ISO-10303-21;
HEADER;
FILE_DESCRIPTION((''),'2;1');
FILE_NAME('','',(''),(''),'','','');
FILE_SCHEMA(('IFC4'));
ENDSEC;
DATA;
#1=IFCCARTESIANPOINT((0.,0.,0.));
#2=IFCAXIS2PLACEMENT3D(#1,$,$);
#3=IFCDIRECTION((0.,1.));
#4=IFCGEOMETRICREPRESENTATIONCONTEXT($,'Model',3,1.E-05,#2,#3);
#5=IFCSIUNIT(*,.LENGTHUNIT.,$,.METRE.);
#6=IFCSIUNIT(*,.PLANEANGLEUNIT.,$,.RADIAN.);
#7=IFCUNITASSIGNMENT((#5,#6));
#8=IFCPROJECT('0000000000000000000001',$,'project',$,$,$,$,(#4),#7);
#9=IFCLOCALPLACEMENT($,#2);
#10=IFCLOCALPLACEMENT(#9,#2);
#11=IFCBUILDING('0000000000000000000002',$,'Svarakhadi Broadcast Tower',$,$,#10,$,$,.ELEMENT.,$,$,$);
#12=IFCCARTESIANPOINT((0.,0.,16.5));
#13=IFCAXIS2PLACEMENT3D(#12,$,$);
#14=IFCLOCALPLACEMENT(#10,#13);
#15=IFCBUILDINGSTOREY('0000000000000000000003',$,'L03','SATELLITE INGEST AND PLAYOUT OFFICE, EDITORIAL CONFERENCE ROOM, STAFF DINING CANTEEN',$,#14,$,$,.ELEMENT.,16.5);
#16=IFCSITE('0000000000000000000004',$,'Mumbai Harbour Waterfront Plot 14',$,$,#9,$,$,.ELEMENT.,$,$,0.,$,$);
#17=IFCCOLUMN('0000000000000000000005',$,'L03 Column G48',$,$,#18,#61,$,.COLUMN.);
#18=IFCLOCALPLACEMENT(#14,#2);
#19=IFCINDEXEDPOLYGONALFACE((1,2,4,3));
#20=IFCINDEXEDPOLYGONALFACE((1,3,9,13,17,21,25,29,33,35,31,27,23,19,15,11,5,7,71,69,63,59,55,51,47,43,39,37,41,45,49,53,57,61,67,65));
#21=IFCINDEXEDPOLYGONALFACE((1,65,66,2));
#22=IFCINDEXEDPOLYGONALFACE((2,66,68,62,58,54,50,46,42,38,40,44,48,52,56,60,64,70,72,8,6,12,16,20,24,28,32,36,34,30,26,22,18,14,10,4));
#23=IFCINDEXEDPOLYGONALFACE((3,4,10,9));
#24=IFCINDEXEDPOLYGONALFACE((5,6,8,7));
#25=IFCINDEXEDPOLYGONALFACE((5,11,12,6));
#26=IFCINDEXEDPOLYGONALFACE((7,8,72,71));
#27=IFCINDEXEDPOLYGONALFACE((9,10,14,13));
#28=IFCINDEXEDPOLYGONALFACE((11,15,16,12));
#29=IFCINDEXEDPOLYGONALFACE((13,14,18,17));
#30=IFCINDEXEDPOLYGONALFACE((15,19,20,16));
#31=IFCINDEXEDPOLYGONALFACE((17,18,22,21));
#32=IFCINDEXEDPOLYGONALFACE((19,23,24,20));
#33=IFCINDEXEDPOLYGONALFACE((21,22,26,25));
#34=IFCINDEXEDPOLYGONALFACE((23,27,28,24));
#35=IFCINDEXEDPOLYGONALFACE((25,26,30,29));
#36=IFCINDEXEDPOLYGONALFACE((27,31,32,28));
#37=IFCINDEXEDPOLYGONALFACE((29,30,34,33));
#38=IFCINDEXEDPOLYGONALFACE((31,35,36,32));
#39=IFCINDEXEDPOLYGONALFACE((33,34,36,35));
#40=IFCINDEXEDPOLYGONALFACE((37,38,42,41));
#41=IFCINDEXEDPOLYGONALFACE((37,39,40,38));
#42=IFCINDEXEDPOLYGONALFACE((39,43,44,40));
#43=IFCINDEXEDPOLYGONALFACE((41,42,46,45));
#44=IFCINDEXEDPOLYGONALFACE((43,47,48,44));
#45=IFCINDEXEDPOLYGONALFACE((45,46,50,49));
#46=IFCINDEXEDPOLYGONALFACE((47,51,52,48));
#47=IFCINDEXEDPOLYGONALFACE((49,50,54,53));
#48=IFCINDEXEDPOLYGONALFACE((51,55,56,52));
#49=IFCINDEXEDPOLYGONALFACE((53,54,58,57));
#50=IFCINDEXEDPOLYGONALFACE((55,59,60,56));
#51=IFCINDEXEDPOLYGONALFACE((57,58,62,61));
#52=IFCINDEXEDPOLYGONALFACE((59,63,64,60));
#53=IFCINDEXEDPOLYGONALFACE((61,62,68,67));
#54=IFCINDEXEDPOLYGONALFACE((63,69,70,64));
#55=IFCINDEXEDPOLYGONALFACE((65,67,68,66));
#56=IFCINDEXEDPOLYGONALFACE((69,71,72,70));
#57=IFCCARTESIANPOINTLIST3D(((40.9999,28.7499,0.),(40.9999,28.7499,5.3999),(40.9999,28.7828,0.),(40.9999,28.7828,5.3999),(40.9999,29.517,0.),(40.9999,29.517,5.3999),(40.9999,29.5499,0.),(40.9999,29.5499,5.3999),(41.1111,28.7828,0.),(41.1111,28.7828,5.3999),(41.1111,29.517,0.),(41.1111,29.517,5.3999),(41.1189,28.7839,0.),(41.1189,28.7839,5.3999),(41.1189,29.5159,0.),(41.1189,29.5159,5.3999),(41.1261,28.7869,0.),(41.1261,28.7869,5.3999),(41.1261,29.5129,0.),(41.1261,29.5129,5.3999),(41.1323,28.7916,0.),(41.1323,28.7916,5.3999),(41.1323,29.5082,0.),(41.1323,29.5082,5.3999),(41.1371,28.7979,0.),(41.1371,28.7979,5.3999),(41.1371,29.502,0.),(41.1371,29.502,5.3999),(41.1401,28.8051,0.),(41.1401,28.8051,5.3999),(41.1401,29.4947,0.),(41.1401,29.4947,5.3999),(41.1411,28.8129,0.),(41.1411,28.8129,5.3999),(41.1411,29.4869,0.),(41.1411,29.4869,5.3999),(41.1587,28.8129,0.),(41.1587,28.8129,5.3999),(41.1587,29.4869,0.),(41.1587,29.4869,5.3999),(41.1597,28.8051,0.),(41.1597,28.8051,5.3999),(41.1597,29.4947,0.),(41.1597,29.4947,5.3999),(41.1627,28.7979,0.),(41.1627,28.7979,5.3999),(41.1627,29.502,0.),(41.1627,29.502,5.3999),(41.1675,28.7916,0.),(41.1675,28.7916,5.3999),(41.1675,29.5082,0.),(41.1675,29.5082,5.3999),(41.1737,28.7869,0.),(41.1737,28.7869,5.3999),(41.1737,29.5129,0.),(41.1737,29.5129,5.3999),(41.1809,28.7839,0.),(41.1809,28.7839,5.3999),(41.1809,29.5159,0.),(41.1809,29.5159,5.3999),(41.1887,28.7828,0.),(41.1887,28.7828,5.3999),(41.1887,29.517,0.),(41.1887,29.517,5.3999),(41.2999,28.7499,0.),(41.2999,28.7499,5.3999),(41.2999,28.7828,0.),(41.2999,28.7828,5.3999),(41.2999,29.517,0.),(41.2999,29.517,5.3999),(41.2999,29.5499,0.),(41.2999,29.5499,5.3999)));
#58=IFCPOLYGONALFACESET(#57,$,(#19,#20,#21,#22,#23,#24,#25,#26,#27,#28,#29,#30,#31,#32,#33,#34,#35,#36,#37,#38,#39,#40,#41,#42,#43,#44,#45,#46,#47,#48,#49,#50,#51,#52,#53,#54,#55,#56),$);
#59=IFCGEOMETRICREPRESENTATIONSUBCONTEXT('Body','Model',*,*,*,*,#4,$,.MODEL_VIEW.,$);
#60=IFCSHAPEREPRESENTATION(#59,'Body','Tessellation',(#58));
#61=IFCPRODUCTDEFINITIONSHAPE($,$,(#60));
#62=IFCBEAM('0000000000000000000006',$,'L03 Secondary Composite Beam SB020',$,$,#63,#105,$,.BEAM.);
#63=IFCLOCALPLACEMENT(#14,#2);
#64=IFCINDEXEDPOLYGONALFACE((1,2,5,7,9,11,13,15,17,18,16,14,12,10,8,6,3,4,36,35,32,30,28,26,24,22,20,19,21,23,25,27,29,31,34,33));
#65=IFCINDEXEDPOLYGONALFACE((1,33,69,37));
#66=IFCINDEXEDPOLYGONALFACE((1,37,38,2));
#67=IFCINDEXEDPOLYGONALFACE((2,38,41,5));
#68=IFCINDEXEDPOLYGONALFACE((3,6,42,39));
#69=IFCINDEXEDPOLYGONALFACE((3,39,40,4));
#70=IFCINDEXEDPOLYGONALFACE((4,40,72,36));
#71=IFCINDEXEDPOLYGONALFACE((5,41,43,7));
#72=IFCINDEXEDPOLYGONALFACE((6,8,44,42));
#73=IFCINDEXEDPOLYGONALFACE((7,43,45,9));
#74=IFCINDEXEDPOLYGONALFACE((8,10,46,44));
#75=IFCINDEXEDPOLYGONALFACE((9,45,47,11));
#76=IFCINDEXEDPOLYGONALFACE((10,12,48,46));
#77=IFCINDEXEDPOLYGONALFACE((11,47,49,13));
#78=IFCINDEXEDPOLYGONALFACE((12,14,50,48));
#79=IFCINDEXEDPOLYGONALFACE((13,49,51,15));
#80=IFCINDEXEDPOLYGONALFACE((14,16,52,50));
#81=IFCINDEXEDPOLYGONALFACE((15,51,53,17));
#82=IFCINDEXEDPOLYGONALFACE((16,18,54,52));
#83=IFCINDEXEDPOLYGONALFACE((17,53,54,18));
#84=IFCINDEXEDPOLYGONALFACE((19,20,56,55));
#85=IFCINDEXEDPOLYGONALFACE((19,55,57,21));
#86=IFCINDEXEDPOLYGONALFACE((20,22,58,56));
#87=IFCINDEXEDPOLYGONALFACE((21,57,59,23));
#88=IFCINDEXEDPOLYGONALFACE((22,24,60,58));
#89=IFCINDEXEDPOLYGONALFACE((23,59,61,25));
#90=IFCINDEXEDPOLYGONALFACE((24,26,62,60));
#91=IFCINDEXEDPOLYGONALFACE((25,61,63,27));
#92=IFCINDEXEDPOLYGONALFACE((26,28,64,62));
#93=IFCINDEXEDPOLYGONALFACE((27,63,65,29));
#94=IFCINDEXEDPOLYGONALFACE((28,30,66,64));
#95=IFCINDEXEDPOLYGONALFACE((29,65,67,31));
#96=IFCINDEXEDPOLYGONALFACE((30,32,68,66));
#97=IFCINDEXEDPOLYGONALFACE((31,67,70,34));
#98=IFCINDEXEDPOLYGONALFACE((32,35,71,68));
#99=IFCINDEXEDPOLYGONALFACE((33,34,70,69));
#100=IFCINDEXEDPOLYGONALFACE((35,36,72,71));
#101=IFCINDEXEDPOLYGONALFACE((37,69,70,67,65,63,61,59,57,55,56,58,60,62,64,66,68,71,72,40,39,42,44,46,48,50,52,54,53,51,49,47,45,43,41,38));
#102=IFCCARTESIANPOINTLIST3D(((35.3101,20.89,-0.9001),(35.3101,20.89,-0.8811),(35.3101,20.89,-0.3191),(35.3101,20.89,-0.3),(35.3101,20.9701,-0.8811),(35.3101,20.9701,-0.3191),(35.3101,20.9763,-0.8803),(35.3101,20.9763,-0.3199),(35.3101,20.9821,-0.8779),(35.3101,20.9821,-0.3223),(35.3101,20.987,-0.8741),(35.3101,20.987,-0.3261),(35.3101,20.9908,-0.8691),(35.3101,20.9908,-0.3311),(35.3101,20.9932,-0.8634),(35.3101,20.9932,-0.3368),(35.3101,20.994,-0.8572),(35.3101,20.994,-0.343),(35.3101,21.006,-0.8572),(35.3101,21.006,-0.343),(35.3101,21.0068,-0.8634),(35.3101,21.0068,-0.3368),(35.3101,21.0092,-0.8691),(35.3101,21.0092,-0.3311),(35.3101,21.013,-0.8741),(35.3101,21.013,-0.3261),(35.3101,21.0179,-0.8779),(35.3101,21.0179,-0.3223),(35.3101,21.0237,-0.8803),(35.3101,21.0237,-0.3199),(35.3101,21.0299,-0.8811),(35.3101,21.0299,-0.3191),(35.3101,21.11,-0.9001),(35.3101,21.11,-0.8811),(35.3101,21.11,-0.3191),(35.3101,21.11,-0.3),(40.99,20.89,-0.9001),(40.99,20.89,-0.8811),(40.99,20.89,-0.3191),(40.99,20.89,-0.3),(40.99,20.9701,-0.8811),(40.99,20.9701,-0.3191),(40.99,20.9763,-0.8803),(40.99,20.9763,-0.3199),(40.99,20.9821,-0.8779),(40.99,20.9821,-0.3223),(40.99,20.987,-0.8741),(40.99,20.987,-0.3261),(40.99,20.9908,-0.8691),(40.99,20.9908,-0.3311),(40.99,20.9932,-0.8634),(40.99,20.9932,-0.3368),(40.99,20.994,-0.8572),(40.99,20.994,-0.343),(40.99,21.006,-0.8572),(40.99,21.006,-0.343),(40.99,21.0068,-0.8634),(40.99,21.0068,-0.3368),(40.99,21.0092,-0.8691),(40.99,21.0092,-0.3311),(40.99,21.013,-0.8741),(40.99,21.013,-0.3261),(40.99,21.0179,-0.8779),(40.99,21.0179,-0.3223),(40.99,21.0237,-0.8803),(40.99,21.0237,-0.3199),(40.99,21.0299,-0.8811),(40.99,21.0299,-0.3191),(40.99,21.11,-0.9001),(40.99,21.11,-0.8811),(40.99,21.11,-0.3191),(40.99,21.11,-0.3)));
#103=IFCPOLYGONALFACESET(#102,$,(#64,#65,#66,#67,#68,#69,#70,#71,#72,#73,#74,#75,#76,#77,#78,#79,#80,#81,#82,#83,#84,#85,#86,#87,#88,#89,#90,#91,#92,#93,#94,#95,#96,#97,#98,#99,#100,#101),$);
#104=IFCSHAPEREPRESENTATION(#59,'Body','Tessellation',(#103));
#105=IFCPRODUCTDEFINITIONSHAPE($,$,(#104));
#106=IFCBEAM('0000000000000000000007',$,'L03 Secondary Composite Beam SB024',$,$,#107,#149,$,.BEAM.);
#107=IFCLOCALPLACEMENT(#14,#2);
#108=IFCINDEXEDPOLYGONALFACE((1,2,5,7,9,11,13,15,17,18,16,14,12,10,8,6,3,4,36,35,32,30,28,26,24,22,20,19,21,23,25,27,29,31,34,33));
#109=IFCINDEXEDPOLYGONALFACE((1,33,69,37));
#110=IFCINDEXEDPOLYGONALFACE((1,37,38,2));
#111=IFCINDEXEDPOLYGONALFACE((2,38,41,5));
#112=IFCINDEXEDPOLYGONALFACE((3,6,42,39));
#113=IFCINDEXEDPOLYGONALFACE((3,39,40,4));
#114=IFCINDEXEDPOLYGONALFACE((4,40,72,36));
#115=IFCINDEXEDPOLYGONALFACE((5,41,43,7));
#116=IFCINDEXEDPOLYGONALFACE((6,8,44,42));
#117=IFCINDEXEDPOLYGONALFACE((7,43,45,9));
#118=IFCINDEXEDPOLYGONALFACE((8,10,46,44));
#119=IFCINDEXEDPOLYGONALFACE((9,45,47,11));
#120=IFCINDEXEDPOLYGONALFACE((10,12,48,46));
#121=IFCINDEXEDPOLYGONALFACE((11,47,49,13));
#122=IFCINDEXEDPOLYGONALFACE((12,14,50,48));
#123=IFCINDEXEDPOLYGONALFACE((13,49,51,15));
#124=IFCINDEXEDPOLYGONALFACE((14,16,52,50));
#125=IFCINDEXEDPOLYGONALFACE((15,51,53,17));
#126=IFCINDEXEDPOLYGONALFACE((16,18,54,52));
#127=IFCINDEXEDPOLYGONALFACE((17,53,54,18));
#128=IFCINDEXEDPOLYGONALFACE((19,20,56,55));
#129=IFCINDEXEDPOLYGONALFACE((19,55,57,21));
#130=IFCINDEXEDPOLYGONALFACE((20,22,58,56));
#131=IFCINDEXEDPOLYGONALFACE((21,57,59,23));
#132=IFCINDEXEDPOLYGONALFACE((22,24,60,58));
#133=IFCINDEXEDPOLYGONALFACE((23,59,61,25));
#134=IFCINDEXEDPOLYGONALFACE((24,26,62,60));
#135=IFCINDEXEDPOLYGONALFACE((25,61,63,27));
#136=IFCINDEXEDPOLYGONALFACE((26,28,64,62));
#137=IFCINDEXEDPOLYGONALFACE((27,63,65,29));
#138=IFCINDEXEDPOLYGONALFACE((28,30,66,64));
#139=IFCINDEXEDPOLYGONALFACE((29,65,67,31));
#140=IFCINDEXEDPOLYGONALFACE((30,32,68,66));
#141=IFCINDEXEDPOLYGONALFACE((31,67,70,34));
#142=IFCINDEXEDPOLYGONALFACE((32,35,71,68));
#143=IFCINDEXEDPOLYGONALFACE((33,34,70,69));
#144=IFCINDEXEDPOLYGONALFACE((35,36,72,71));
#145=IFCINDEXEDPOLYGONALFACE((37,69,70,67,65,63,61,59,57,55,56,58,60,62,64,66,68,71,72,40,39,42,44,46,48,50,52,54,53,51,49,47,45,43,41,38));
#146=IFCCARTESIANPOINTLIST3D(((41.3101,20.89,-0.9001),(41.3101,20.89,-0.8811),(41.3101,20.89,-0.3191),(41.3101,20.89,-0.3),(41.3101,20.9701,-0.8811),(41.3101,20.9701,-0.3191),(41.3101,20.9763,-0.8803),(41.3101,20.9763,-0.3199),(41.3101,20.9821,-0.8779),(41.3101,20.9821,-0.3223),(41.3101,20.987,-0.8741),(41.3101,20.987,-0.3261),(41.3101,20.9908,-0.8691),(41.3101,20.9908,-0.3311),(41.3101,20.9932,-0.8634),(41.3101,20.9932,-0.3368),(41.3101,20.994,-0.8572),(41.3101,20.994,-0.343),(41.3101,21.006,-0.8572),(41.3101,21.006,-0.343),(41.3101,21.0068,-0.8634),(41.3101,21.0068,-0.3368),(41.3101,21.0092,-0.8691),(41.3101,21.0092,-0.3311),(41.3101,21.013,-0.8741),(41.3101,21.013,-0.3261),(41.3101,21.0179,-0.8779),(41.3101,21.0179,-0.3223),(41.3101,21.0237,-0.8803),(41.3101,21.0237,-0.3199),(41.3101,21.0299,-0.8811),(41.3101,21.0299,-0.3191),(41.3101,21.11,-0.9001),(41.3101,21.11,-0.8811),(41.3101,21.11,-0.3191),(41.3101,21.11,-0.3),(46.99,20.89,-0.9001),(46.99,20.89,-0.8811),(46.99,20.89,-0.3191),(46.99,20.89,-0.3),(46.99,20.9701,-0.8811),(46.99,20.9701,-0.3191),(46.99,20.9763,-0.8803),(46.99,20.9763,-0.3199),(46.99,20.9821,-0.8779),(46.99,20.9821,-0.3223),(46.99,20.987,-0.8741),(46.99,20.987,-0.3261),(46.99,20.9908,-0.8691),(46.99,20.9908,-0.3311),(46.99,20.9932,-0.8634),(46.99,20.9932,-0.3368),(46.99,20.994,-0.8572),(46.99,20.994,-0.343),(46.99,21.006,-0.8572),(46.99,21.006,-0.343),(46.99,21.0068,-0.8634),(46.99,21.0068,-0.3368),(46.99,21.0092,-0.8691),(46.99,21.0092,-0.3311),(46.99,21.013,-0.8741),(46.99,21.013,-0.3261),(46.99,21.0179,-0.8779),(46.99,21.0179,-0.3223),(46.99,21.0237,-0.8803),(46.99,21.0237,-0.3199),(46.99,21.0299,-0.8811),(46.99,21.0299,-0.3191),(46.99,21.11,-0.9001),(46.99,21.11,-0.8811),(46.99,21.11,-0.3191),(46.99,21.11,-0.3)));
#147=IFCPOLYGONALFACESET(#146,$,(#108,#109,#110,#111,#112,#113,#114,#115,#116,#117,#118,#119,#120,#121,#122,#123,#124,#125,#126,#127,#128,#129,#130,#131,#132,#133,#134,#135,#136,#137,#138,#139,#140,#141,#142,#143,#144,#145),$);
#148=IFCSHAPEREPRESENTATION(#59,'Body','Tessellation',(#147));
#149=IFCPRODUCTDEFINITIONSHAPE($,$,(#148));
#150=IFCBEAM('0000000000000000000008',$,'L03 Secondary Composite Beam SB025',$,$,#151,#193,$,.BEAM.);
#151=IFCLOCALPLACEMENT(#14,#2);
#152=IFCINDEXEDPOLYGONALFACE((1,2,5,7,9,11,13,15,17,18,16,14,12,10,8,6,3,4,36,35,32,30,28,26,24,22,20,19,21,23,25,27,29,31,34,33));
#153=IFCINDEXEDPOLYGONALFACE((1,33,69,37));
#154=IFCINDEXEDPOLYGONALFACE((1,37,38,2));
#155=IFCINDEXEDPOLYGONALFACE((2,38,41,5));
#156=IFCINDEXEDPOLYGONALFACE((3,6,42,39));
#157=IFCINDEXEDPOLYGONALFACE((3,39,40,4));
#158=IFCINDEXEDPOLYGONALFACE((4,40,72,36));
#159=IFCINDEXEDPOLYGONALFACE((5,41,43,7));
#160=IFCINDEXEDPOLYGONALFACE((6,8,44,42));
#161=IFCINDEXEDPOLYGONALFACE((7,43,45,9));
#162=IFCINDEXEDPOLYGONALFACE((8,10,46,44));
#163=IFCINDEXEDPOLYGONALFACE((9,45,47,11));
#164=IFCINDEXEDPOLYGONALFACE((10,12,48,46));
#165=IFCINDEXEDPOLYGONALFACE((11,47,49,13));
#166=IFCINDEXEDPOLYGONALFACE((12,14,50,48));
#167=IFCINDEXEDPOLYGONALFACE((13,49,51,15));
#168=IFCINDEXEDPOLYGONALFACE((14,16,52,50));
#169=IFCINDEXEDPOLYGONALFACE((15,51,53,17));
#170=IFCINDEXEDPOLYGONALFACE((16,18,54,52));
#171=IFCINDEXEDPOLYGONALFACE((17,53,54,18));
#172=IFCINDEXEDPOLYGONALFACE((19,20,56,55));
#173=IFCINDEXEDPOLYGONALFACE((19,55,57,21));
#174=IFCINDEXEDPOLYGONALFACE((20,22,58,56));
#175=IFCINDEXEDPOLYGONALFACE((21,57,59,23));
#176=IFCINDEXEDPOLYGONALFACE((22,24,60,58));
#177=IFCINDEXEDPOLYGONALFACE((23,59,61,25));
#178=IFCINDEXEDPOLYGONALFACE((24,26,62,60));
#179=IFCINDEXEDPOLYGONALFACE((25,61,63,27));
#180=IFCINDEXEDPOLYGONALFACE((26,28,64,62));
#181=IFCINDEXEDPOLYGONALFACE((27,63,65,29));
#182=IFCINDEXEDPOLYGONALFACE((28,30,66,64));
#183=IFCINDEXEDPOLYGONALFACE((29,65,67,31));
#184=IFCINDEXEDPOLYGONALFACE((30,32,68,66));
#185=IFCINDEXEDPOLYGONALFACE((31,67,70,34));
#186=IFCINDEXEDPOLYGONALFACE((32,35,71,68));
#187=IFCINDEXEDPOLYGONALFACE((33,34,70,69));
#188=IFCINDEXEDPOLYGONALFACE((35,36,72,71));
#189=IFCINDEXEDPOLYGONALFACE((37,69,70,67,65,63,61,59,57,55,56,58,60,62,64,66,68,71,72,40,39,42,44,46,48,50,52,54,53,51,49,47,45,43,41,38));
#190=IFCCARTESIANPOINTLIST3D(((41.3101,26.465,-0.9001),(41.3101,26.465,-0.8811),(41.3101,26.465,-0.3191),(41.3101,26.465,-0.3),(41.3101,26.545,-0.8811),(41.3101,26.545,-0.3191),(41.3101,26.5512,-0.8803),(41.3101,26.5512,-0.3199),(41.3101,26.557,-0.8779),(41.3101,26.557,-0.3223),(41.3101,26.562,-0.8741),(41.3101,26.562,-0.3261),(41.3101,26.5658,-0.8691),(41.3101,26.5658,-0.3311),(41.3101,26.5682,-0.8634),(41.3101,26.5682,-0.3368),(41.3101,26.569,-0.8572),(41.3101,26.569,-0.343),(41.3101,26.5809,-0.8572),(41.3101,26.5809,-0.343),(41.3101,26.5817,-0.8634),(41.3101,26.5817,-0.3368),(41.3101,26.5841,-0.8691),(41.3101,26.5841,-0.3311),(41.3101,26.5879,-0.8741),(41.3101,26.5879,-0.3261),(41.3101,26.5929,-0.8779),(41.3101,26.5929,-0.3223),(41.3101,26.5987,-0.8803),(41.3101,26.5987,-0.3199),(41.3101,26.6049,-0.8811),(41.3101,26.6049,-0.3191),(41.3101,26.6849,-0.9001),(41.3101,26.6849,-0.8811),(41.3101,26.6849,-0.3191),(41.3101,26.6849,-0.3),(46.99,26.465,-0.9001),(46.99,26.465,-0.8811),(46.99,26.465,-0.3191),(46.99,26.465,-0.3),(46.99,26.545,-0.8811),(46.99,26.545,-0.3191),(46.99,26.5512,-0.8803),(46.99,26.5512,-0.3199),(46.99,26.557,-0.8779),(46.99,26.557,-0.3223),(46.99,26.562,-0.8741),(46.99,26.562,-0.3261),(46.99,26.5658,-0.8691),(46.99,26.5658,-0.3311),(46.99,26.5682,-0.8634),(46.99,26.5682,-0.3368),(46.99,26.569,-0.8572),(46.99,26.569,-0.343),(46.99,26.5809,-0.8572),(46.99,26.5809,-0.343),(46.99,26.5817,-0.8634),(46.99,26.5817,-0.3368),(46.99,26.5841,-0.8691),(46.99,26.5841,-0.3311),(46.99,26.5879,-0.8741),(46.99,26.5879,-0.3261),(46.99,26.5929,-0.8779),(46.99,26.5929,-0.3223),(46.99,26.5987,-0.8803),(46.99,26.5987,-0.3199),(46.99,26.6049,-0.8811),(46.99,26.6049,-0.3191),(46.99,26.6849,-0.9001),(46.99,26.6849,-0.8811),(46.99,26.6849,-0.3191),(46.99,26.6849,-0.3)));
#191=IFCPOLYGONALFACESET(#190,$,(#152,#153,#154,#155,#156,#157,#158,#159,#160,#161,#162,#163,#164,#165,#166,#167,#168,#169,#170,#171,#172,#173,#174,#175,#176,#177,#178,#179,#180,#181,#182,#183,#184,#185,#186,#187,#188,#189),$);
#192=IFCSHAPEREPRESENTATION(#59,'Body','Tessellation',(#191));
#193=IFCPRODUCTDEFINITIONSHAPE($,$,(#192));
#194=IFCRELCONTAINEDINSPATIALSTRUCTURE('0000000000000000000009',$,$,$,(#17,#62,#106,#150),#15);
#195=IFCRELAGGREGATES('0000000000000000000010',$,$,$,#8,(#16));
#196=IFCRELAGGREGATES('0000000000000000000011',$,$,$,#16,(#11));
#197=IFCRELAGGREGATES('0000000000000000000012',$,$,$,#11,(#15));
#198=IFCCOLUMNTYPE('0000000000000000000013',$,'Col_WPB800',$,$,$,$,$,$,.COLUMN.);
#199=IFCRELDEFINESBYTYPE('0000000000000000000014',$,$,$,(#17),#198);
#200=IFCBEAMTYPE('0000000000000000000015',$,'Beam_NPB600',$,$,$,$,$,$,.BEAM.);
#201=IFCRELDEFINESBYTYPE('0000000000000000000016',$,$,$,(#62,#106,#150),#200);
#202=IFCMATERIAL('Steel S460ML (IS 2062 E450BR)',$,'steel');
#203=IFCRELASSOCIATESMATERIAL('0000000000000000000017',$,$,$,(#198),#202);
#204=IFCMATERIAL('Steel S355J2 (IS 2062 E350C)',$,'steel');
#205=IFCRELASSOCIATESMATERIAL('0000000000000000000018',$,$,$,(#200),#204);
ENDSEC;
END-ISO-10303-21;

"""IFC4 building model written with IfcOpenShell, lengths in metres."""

from ifc_helpers import new_model, si_unit, direction, frame, origin, origin_2d, place, context, subcontext, project, spatial, i_section, extrude, material, material_profile, profile_set, type_object, element, save


model = new_model("IFC4")

# Units and contexts
model_context = context("Model", 3, precision=1e-05, world=origin(), true_north=direction((0.0, 1.0)))
body_context = subcontext(model_context, "Body", "Model", "MODEL_VIEW")
ifc_project = project(units=[si_unit("LENGTHUNIT", "METRE"), si_unit("PLANEANGLEUNIT", "RADIAN")], contexts=[model_context])

# Site, building, storey
site_placement = place(None, origin())
site = spatial("IfcSite", under=ifc_project, at=site_placement, Name="Mumbai Harbour Waterfront Plot 14", CompositionType="ELEMENT", RefElevation=0.0)
building_placement = place(site_placement, origin())
building = spatial("IfcBuilding", under=site, at=building_placement, Name="Svarakhadi Broadcast Tower", CompositionType="ELEMENT")
storey_placement = place(building_placement, frame((0.0, 0.0, 16.5)))
storey = spatial("IfcBuildingStorey", under=building, at=storey_placement, Name="L03", Description="SATELLITE INGEST AND PLAYOUT OFFICE, EDITORIAL CONFERENCE ROOM, STAFF DINING CANTEEN", CompositionType="ELEMENT", Elevation=16.5)

# Column
ifc_material_1 = material(Name="Steel S460ML (IS 2062 E450BR)", Category="steel")
ifc_material_profile_1 = material_profile(ifc_material_1, i_section(OverallWidth=0.3, OverallDepth=0.8, WebThickness=0.0176, FlangeThickness=0.033, FilletRadius=0.03, at=origin_2d()), Name="WPB 800x300x262")
ifc_profile_set_1 = profile_set([ifc_material_profile_1], Name="Steel S460ML (IS 2062 E450BR)")
column_type_1 = type_object("IfcColumnType", Name="Col_WPB800", PredefinedType="COLUMN", material=ifc_profile_set_1)
for number, where, z_axis, x_axis, name in (
    (1, (41.1499, 29.1499, 0.0), (0.0, 0.0, 1.0), (1.0, 0.0, 0.0), "L03 Column G48"),
):
    element("IfcColumn", number, at=place(storey_placement, frame(where, z_axis=z_axis, x_axis=x_axis)), inside=storey, type_object=column_type_1, Name=name, PredefinedType="COLUMN", context=body_context, shape_type="SweptSolid", body=[
        extrude(i_section(OverallWidth=0.3, OverallDepth=0.8, WebThickness=0.0176, FlangeThickness=0.033, FilletRadius=0.03, at=origin_2d()), origin(), (0.0, 0.0, 1.0), 5.3999),
    ])

# Beams
ifc_material_2 = material(Name="Steel S355J2 (IS 2062 E350C)", Category="steel")
ifc_material_profile_2 = material_profile(ifc_material_2, i_section(OverallWidth=0.22, OverallDepth=0.6001, WebThickness=0.012, FlangeThickness=0.019, FilletRadius=0.0239, at=origin_2d()), Name="NPB 600x220x122")
ifc_profile_set_2 = profile_set([ifc_material_profile_2], Name="Steel S355J2 (IS 2062 E350C)")
beam_type_1 = type_object("IfcBeamType", Name="Beam_NPB600", PredefinedType="BEAM", material=ifc_profile_set_2)
for number, where, z_axis, x_axis, name in (
    (2, (35.3101, 21.0, -0.6001), (1.0, 0.0, 0.0), (0.0, 1.0, 0.0), "L03 Secondary Composite Beam SB020"),
    (3, (41.3101, 21.0, -0.6001), (1.0, 0.0, 0.0), (0.0, 1.0, 0.0), "L03 Secondary Composite Beam SB024"),
    (4, (41.3101, 26.575, -0.6001), (1.0, 0.0, 0.0), (0.0, 1.0, 0.0), "L03 Secondary Composite Beam SB025"),
):
    element("IfcBeam", number, at=place(storey_placement, frame(where, z_axis=z_axis, x_axis=x_axis)), inside=storey, type_object=beam_type_1, Name=name, PredefinedType="BEAM", context=body_context, shape_type="SweptSolid", body=[
        extrude(i_section(OverallWidth=0.22, OverallDepth=0.6001, WebThickness=0.012, FlangeThickness=0.019, FilletRadius=0.0239, at=origin_2d()), origin(), (0.0, 0.0, 1.0), 5.6799),
    ])

save(model, "model.ifc")
